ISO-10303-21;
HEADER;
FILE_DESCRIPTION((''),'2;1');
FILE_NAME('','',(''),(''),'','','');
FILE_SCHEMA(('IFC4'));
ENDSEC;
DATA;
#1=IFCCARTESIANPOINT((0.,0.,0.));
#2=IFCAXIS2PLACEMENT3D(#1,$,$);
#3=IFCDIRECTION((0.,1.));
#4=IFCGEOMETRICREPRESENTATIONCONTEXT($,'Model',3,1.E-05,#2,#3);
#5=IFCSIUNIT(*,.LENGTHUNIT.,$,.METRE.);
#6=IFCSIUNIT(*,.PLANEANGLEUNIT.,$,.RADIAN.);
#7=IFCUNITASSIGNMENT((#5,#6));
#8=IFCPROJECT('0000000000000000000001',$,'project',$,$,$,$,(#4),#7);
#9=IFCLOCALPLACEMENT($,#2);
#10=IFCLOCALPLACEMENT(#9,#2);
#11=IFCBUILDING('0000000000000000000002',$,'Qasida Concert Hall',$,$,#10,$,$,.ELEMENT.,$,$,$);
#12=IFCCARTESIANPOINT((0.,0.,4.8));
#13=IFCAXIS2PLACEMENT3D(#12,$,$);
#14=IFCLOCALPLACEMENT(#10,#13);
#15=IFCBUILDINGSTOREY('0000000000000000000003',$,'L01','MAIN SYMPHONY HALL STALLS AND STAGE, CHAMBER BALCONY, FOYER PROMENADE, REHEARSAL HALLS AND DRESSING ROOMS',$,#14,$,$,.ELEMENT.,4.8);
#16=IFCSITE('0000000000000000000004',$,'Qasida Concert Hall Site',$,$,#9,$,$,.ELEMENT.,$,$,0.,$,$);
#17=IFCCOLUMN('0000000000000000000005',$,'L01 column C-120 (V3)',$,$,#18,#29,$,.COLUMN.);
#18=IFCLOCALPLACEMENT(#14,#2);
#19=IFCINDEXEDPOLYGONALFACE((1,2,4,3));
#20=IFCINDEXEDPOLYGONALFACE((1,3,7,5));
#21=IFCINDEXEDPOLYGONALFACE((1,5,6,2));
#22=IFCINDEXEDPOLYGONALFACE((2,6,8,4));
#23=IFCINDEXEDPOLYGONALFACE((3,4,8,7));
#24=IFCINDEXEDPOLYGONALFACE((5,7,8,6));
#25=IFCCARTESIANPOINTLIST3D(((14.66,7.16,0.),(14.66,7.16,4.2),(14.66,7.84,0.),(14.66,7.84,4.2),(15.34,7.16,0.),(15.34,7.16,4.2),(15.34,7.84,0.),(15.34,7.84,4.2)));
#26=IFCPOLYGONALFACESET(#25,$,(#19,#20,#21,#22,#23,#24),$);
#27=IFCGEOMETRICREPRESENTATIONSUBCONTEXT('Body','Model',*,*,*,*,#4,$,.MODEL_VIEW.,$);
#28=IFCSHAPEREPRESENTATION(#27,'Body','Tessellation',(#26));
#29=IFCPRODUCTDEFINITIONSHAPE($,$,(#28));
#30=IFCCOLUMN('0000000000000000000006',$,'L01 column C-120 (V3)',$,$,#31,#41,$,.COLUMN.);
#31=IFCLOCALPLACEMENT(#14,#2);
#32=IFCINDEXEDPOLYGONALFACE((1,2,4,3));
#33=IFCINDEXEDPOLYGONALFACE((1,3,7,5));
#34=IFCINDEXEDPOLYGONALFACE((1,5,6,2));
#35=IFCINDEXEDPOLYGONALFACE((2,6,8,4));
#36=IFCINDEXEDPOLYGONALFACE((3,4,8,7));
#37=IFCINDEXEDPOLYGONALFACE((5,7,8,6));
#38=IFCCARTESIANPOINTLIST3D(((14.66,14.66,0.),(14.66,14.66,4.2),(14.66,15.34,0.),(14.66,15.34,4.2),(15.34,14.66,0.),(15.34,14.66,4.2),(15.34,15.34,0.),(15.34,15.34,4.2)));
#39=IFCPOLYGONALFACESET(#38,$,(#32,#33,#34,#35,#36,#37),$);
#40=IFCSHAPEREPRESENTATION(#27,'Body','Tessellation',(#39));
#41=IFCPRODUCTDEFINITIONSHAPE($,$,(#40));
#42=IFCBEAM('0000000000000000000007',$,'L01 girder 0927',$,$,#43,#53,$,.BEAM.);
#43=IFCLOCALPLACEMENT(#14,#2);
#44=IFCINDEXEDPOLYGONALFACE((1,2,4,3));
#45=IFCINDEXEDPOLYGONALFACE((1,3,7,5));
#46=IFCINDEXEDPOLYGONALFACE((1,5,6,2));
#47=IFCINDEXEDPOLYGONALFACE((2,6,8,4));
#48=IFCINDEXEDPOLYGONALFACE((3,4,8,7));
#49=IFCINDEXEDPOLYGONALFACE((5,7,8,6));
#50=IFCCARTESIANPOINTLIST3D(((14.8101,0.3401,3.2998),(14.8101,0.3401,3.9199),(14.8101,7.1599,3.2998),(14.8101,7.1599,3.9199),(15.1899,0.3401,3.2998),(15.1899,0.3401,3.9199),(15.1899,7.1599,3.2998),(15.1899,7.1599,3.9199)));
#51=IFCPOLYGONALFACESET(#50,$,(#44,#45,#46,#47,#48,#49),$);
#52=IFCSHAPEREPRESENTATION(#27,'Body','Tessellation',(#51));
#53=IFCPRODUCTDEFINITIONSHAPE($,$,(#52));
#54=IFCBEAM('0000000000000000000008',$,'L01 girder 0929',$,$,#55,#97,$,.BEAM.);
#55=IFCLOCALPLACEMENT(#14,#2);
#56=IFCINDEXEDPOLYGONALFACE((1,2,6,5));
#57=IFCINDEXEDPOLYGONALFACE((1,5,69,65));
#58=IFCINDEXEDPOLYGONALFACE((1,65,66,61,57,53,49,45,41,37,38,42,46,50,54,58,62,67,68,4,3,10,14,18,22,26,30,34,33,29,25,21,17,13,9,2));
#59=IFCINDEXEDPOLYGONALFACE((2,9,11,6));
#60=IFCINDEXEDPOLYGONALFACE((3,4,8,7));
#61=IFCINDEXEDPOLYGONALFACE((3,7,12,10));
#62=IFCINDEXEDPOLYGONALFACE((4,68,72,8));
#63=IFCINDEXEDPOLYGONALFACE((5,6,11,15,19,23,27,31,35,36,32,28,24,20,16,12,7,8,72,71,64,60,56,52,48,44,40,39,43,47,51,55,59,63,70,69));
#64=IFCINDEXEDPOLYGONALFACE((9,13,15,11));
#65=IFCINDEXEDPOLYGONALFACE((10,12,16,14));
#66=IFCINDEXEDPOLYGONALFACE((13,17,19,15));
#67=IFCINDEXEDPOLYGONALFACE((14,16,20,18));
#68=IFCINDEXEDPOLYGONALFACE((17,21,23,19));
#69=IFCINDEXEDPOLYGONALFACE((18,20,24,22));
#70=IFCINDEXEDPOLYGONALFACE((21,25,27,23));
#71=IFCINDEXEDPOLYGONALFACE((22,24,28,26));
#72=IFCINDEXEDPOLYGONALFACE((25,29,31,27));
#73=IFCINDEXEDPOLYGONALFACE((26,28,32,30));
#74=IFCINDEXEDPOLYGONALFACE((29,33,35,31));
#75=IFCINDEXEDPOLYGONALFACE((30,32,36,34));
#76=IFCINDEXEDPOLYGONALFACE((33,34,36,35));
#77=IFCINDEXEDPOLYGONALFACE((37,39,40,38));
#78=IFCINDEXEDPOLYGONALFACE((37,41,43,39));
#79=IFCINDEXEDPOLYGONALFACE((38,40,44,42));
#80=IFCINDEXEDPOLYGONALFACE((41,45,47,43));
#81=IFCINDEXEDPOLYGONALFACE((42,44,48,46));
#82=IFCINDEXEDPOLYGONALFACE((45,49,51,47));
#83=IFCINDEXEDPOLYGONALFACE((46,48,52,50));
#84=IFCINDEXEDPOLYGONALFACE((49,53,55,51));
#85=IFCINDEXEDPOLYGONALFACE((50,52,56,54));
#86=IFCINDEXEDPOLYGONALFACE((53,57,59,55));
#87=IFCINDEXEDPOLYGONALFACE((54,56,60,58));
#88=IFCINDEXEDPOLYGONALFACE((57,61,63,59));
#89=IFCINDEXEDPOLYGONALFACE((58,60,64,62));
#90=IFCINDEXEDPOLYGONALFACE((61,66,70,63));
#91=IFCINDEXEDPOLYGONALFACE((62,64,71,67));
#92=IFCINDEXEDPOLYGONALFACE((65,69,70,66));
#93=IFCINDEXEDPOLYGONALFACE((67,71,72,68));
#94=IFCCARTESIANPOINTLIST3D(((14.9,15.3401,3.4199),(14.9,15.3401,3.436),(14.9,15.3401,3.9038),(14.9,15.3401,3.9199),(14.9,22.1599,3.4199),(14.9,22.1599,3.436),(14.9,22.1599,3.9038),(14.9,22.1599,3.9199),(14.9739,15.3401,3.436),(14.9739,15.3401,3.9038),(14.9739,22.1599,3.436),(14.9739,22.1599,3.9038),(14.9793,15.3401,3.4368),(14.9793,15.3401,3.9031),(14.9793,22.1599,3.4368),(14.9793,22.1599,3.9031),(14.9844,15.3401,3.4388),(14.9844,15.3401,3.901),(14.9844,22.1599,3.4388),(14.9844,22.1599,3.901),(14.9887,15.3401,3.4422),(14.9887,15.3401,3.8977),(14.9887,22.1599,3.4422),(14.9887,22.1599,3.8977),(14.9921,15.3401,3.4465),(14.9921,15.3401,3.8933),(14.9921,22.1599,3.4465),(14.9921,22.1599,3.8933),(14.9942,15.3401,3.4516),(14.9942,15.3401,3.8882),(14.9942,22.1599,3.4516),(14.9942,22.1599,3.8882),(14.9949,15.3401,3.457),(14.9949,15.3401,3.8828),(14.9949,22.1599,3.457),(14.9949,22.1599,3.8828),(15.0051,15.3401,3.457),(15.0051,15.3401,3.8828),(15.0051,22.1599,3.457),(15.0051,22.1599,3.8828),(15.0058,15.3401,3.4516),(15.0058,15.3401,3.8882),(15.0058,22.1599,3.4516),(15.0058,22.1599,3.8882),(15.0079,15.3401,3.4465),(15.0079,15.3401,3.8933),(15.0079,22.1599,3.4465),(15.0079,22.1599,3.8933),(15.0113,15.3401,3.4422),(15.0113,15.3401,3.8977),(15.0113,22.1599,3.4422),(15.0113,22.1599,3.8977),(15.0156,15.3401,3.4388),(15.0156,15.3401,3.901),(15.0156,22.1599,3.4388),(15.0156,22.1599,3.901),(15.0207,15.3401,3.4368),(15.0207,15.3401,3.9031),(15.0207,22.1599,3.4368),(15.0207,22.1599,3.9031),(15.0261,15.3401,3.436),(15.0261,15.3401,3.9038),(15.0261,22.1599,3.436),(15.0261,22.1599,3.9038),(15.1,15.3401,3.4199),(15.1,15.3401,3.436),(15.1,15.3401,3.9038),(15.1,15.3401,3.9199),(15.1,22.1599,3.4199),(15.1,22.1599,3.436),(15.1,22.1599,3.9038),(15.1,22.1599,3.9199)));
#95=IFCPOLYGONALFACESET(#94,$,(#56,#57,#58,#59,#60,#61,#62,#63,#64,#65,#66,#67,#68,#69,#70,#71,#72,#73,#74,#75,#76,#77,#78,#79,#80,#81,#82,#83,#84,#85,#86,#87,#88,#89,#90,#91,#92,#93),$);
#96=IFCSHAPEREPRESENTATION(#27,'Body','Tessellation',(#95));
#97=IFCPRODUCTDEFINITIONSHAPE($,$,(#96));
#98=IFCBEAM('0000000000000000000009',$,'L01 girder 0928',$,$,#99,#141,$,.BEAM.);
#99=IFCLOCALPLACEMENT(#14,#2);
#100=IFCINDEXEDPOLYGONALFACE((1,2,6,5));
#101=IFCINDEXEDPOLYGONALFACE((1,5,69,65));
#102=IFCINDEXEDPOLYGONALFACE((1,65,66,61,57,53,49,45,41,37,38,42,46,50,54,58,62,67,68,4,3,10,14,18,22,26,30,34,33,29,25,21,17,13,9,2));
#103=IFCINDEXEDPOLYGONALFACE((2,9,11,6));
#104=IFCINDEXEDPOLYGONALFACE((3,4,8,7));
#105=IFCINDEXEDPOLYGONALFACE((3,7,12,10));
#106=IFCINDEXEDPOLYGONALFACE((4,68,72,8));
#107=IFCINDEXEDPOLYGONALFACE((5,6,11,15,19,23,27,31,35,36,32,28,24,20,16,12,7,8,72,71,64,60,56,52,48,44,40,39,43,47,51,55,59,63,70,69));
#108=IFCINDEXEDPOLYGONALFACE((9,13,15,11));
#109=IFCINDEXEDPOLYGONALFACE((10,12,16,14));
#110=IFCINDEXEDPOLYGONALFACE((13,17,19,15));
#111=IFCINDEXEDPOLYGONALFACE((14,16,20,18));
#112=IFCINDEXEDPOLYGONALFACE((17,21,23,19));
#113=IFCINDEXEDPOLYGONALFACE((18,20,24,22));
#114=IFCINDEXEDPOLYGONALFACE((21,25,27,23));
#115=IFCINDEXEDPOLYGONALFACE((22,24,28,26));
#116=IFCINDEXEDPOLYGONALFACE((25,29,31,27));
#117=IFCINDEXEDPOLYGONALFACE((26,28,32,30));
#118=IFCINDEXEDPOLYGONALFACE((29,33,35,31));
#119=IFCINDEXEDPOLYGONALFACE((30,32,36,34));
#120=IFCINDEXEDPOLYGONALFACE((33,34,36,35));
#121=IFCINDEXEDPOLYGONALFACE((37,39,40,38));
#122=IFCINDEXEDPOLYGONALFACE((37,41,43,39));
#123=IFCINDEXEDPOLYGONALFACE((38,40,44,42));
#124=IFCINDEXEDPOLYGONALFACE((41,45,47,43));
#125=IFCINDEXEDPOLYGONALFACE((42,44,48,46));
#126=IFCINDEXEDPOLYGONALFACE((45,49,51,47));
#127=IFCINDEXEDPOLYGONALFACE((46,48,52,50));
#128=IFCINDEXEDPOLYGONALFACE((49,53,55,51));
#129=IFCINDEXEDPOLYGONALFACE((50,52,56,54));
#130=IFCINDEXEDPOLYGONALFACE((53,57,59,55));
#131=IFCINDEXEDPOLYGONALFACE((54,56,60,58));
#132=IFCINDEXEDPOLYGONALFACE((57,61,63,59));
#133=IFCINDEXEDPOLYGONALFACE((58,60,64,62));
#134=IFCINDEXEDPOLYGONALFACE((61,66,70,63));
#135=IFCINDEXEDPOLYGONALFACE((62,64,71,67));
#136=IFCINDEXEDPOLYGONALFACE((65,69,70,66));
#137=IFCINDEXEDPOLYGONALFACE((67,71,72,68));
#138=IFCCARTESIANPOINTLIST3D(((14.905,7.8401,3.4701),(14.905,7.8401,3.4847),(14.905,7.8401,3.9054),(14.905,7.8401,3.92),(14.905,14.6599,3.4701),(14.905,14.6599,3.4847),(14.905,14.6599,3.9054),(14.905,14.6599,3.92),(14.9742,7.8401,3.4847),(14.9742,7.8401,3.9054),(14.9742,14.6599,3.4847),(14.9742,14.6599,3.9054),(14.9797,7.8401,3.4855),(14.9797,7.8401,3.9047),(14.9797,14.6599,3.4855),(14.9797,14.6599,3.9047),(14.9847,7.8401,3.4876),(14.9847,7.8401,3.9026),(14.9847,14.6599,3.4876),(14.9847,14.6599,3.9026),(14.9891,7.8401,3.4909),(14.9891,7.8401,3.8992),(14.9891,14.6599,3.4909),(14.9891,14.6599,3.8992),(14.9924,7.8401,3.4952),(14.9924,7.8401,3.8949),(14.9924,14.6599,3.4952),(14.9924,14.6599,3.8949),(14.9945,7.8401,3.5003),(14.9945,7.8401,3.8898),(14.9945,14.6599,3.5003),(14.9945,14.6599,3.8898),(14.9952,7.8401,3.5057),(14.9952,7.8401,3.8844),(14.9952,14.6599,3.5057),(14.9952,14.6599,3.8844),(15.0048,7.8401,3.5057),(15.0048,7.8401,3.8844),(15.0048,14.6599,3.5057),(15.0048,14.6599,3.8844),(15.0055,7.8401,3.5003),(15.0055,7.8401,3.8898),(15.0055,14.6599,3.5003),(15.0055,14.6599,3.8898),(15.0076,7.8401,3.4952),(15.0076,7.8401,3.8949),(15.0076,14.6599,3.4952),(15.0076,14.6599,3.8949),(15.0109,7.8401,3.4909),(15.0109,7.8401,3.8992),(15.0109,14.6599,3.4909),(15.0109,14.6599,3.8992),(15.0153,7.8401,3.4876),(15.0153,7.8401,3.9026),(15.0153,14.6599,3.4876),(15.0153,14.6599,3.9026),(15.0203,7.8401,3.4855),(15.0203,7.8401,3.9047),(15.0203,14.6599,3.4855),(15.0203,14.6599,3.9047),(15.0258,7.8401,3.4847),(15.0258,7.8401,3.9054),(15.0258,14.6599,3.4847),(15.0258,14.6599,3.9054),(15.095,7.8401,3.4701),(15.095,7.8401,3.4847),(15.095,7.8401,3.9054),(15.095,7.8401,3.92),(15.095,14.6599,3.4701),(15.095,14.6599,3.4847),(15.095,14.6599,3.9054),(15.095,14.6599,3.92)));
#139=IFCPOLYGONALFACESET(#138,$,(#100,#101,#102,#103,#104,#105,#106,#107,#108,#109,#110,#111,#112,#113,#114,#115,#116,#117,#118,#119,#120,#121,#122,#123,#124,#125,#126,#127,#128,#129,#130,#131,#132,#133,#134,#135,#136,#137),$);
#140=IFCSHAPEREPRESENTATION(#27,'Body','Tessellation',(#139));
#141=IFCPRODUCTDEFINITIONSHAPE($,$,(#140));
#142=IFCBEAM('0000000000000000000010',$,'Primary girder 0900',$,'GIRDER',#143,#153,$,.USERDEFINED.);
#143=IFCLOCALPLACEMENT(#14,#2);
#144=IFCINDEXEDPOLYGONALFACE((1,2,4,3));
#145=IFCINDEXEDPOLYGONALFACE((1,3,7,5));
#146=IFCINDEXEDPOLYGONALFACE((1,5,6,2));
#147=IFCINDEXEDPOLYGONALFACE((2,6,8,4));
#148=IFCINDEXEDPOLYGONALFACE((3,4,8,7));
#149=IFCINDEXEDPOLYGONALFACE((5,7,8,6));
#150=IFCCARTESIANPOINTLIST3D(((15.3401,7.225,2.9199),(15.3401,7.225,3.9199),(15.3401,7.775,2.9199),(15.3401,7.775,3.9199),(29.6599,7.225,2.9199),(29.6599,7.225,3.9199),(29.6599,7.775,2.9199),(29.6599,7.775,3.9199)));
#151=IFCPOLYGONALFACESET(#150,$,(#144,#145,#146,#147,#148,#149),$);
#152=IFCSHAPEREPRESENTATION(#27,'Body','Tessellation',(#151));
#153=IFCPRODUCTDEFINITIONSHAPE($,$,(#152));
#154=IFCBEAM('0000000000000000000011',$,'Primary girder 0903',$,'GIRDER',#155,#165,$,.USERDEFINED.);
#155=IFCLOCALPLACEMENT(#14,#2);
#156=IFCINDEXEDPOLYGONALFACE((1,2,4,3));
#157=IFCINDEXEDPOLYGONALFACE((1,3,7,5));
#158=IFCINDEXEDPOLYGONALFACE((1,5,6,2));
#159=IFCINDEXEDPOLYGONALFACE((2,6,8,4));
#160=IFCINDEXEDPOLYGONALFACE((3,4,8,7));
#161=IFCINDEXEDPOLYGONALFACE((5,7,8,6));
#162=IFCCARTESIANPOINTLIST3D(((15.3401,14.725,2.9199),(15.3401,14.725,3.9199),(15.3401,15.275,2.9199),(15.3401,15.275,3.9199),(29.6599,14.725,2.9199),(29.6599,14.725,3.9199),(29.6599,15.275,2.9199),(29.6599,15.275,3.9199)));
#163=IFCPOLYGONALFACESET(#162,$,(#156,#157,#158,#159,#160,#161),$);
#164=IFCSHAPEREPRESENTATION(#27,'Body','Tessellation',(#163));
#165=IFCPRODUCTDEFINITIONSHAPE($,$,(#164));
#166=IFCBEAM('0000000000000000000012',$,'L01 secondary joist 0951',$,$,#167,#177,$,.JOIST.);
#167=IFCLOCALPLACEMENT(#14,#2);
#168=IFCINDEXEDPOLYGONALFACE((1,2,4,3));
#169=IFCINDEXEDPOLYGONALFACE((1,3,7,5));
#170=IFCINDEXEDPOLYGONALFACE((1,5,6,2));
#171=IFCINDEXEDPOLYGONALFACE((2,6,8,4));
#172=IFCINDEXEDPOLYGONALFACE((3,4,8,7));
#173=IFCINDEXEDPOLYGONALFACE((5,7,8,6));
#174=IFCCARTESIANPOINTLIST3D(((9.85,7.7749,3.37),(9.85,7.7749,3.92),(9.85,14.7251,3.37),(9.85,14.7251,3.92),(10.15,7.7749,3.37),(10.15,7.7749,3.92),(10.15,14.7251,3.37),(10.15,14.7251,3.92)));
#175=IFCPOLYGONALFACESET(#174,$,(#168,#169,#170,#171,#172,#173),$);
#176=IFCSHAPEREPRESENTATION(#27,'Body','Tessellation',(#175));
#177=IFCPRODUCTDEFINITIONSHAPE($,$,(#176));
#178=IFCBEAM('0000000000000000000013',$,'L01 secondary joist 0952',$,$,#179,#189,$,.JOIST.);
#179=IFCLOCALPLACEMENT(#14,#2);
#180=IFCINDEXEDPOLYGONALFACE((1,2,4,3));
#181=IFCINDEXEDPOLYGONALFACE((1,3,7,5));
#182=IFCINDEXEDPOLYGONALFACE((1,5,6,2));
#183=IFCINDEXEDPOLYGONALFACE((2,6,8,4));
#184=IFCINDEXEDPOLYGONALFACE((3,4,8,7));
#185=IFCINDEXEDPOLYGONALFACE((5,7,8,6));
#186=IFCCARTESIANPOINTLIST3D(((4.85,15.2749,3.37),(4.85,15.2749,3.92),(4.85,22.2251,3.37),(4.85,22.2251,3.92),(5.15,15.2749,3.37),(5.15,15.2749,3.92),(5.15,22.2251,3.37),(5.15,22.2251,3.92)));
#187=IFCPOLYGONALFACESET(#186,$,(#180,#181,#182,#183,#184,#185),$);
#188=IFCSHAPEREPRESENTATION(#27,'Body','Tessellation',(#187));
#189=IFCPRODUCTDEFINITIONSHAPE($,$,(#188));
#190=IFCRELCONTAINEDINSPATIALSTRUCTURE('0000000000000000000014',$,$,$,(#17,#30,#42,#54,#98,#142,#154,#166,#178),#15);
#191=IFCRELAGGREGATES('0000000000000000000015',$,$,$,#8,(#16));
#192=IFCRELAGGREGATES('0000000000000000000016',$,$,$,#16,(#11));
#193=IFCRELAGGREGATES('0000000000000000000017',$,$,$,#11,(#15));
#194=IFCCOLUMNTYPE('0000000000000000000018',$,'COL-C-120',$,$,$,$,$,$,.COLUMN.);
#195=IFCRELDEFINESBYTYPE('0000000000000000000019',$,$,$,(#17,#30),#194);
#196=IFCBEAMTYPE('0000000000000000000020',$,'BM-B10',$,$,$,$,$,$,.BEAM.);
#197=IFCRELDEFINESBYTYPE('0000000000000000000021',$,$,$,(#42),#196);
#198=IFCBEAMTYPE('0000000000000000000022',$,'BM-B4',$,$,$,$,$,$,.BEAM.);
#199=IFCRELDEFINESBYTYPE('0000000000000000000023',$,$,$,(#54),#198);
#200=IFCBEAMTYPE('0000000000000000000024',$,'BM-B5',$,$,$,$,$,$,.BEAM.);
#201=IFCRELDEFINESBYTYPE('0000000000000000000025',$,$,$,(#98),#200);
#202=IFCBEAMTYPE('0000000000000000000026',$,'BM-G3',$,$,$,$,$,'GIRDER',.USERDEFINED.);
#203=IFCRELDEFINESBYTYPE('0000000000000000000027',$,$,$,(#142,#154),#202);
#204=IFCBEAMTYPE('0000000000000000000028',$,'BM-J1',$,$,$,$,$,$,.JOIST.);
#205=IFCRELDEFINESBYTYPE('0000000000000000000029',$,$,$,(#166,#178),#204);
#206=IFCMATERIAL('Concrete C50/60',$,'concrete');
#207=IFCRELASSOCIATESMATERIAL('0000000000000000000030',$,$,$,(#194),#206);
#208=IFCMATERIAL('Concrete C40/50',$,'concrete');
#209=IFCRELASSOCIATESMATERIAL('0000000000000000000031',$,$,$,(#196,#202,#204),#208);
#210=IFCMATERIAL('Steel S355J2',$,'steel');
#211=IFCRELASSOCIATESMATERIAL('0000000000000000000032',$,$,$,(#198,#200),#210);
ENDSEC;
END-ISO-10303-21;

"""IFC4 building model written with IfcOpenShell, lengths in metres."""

from ifc_helpers import new_model, si_unit, direction, frame, origin, origin_2d, place, context, subcontext, project, spatial, rectangle, i_section, extrude, material, material_profile, profile_set, type_object, element, save


model = new_model("IFC4")

# Units and contexts
model_context = context("Model", 3, precision=1e-05, world=origin(), true_north=direction((0.0, 1.0)))
body_context = subcontext(model_context, "Body", "Model", "MODEL_VIEW")
ifc_project = project(units=[si_unit("LENGTHUNIT", "METRE"), si_unit("PLANEANGLEUNIT", "RADIAN")], contexts=[model_context])

# Site, building, storey
site_placement = place(None, origin())
site = spatial("IfcSite", under=ifc_project, at=site_placement, Name="Qasida Concert Hall Site", CompositionType="ELEMENT", RefElevation=0.0)
building_placement = place(site_placement, origin())
building = spatial("IfcBuilding", under=site, at=building_placement, Name="Qasida Concert Hall", CompositionType="ELEMENT")
storey_placement = place(building_placement, frame((0.0, 0.0, 4.8)))
storey = spatial("IfcBuildingStorey", under=building, at=storey_placement, Name="L01", Description="MAIN SYMPHONY HALL STALLS AND STAGE, CHAMBER BALCONY, FOYER PROMENADE, REHEARSAL HALLS AND DRESSING ROOMS", CompositionType="ELEMENT", Elevation=4.8)

# Columns
ifc_material_1 = material(Name="Concrete C50/60", Category="concrete")
ifc_material_profile_1 = material_profile(ifc_material_1, rectangle(XDim=0.6799, YDim=0.6799, at=origin_2d()), Name="RC 680x680")
ifc_profile_set_1 = profile_set([ifc_material_profile_1], Name="Concrete C50/60")
column_type = type_object("IfcColumnType", Name="COL-C-120", PredefinedType="COLUMN", material=ifc_profile_set_1)
for number, where, z_axis, x_axis, name in (
    (1, (15.0, 7.5, 0.0), (0.0, 0.0, 1.0), (1.0, 0.0, 0.0), "L01 column C-120 (V3)"),
    (2, (15.0, 15.0, 0.0), (0.0, 0.0, 1.0), (1.0, 0.0, 0.0), "L01 column C-120 (V3)"),
):
    element("IfcColumn", number, at=place(storey_placement, frame(where, z_axis=z_axis, x_axis=x_axis)), inside=storey, type_object=column_type, Name=name, PredefinedType="COLUMN", context=body_context, shape_type="SweptSolid", body=[
        extrude(rectangle(XDim=0.6799, YDim=0.6799, at=origin_2d()), origin(), (0.0, 0.0, 1.0), 4.2),
    ])

# Beams
ifc_material_2 = material(Name="Concrete C40/50", Category="concrete")
ifc_material_profile_2 = material_profile(ifc_material_2, rectangle(XDim=0.3799, YDim=0.6201, at=origin_2d()), Name="RC 380x620")
ifc_profile_set_2 = profile_set([ifc_material_profile_2], Name="Concrete C40/50")
beam_type_1 = type_object("IfcBeamType", Name="BM-B10", PredefinedType="BEAM", material=ifc_profile_set_2)
beam_1_placement = place(storey_placement, frame((15.0, 0.3401, 3.6099), z_axis=(0.0, 1.0, 0.0), x_axis=(-1.0, 0.0, 0.0)))
element("IfcBeam", 3, at=beam_1_placement, inside=storey, type_object=beam_type_1, Name="L01 girder 0927", PredefinedType="BEAM", context=body_context, shape_type="SweptSolid", body=[
    extrude(rectangle(XDim=0.3799, YDim=0.6201, at=origin_2d()), origin(), (0.0, 0.0, 1.0), 6.8198),
])
ifc_material_3 = material(Name="Steel S355J2", Category="steel")
ifc_material_profile_3 = material_profile(ifc_material_3, i_section(OverallWidth=0.2, OverallDepth=0.5, WebThickness=0.0103, FlangeThickness=0.0161, FilletRadius=0.021, at=origin_2d()), Name="IPE 500")
ifc_profile_set_3 = profile_set([ifc_material_profile_3], Name="Steel S355J2")
beam_type_2 = type_object("IfcBeamType", Name="BM-B4", PredefinedType="BEAM", material=ifc_profile_set_3)
beam_2_placement = place(storey_placement, frame((15.0, 15.3401, 3.6699), z_axis=(0.0, 1.0, 0.0), x_axis=(-1.0, 0.0, 0.0)))
element("IfcBeam", 4, at=beam_2_placement, inside=storey, type_object=beam_type_2, Name="L01 girder 0929", PredefinedType="BEAM", context=body_context, shape_type="SweptSolid", body=[
    extrude(i_section(OverallWidth=0.2, OverallDepth=0.5, WebThickness=0.0103, FlangeThickness=0.0161, FilletRadius=0.021, at=origin_2d()), origin(), (0.0, 0.0, 1.0), 6.8198),
])
ifc_material_profile_4 = material_profile(ifc_material_3, i_section(OverallWidth=0.1899, OverallDepth=0.45, WebThickness=0.0095, FlangeThickness=0.0146, FilletRadius=0.021, at=origin_2d()), Name="IPE 450")
ifc_profile_set_4 = profile_set([ifc_material_profile_4], Name="Steel S355J2")
beam_type_3 = type_object("IfcBeamType", Name="BM-B5", PredefinedType="BEAM", material=ifc_profile_set_4)
beam_3_placement = place(storey_placement, frame((15.0, 7.8401, 3.6951), z_axis=(0.0, 1.0, 0.0), x_axis=(-1.0, 0.0, 0.0)))
element("IfcBeam", 5, at=beam_3_placement, inside=storey, type_object=beam_type_3, Name="L01 girder 0928", PredefinedType="BEAM", context=body_context, shape_type="SweptSolid", body=[
    extrude(i_section(OverallWidth=0.1899, OverallDepth=0.45, WebThickness=0.0095, FlangeThickness=0.0146, FilletRadius=0.021, at=origin_2d()), origin(), (0.0, 0.0, 1.0), 6.8198),
])
ifc_material_profile_5 = material_profile(ifc_material_2, rectangle(XDim=0.55, YDim=1.0, at=origin_2d()), Name="RC 550x1000")
ifc_profile_set_5 = profile_set([ifc_material_profile_5], Name="Concrete C40/50")
beam_type_4 = type_object("IfcBeamType", Name="BM-G3", ElementType="GIRDER", PredefinedType="USERDEFINED", material=ifc_profile_set_5)
for number, where, z_axis, x_axis, name in (
    (6, (15.3401, 7.5, 3.4199), (1.0, 0.0, 0.0), (0.0, 1.0, 0.0), "Primary girder 0900"),
    (7, (15.3401, 15.0, 3.4199), (1.0, 0.0, 0.0), (0.0, 1.0, 0.0), "Primary girder 0903"),
):
    element("IfcBeam", number, at=place(storey_placement, frame(where, z_axis=z_axis, x_axis=x_axis)), inside=storey, type_object=beam_type_4, Name=name, ObjectType="GIRDER", PredefinedType="USERDEFINED", context=body_context, shape_type="SweptSolid", body=[
        extrude(rectangle(XDim=0.55, YDim=1.0, at=origin_2d()), origin(), (0.0, 0.0, 1.0), 14.3198),
    ])
ifc_material_profile_6 = material_profile(ifc_material_2, rectangle(XDim=0.3, YDim=0.55, at=origin_2d()), Name="RC 300x550")
ifc_profile_set_6 = profile_set([ifc_material_profile_6], Name="Concrete C40/50")
beam_type_5 = type_object("IfcBeamType", Name="BM-J1", PredefinedType="JOIST", material=ifc_profile_set_6)
for number, where, z_axis, x_axis, name in (
    (8, (10.0, 7.7749, 3.645), (0.0, 1.0, 0.0), (-1.0, 0.0, 0.0), "L01 secondary joist 0951"),
    (9, (5.0, 15.2749, 3.645), (0.0, 1.0, 0.0), (-1.0, 0.0, 0.0), "L01 secondary joist 0952"),
):
    element("IfcBeam", number, at=place(storey_placement, frame(where, z_axis=z_axis, x_axis=x_axis)), inside=storey, type_object=beam_type_5, Name=name, PredefinedType="JOIST", context=body_context, shape_type="SweptSolid", body=[
        extrude(rectangle(XDim=0.3, YDim=0.55, at=origin_2d()), origin(), (0.0, 0.0, 1.0), 6.9502),
    ])

save(model, "model.ifc")
